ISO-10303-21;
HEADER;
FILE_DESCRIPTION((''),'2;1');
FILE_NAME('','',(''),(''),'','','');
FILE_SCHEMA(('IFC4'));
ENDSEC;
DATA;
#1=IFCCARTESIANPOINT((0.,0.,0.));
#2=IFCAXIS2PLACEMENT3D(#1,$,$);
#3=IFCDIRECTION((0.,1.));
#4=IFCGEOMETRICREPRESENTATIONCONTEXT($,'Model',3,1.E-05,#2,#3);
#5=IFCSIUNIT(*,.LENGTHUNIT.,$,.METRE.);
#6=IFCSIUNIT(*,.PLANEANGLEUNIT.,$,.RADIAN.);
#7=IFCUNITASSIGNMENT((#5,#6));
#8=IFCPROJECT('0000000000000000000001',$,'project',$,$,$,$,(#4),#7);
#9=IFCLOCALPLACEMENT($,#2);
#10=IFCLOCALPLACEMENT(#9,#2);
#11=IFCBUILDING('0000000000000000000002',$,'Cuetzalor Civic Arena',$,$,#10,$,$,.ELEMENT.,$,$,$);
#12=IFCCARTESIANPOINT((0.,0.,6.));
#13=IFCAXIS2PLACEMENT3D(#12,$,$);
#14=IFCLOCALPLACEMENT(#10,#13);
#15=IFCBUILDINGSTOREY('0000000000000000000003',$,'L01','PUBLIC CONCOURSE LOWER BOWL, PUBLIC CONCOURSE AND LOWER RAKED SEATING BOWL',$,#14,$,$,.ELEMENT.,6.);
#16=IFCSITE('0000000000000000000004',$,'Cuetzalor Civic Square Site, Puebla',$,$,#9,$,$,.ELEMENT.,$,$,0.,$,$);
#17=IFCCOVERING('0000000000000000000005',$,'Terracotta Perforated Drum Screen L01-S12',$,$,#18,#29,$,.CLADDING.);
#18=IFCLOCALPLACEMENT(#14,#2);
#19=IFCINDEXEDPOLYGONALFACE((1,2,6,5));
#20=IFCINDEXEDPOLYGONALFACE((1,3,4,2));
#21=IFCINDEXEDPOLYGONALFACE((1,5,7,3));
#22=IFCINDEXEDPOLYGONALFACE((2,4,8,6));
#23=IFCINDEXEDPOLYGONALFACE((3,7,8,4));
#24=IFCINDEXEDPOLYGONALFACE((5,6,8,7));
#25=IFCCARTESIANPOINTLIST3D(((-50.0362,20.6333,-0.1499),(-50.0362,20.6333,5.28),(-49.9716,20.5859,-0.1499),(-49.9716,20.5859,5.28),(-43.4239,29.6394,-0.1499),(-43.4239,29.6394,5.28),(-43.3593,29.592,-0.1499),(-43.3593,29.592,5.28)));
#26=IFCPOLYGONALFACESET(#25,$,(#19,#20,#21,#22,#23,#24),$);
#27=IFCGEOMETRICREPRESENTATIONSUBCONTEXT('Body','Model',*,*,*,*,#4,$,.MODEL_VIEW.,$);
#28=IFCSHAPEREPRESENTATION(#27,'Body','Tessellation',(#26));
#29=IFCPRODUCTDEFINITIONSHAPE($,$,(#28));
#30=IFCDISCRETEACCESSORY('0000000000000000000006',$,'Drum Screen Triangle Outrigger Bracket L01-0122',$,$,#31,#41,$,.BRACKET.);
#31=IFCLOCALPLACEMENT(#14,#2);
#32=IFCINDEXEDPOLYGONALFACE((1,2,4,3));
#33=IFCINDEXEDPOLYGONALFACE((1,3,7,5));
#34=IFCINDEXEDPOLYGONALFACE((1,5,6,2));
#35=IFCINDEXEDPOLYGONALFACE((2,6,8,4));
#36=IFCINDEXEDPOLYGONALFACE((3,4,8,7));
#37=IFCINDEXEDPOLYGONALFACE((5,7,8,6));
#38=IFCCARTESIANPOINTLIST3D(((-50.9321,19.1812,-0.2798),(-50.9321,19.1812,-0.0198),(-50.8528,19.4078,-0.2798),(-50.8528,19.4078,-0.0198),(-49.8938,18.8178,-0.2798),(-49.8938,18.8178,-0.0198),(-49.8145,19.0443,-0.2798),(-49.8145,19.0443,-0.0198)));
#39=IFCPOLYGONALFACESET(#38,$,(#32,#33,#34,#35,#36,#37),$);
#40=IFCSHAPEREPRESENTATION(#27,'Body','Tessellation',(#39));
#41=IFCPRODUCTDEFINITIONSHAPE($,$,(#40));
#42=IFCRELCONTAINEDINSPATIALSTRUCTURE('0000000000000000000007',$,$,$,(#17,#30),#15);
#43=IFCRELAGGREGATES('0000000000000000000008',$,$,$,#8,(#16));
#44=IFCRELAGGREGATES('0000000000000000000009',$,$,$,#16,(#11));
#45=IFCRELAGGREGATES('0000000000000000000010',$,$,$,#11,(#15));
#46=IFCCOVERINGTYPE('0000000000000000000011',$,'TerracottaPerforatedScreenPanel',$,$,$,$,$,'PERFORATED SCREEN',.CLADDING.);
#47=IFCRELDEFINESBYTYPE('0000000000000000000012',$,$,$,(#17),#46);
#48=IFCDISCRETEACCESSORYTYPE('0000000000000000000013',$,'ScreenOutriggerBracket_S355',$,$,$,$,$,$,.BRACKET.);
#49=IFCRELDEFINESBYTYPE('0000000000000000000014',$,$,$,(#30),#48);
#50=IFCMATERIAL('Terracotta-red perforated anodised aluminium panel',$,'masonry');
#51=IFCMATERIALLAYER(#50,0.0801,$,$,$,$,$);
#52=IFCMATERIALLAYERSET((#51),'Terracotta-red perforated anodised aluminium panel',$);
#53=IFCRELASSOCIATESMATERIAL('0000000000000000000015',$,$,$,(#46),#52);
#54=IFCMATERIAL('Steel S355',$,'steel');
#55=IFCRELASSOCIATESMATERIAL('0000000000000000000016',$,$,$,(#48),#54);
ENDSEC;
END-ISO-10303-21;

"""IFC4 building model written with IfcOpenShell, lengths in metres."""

from ifc_helpers import new_model, si_unit, direction, frame, frame_2d, origin, origin_2d, place, context, subcontext, project, spatial, rectangle, extrude, material, layer, layer_set, type_object, element, save


model = new_model("IFC4")

# Units and contexts
model_context = context("Model", 3, precision=1e-05, world=origin(), true_north=direction((0.0, 1.0)))
body_context = subcontext(model_context, "Body", "Model", "MODEL_VIEW")
ifc_project = project(units=[si_unit("LENGTHUNIT", "METRE"), si_unit("PLANEANGLEUNIT", "RADIAN")], contexts=[model_context])

# Site, building, storey
site_placement = place(None, origin())
site = spatial("IfcSite", under=ifc_project, at=site_placement, Name="Cuetzalor Civic Square Site, Puebla", CompositionType="ELEMENT", RefElevation=0.0)
building_placement = place(site_placement, origin())
building = spatial("IfcBuilding", under=site, at=building_placement, Name="Cuetzalor Civic Arena", CompositionType="ELEMENT")
storey_placement = place(building_placement, frame((0.0, 0.0, 6.0)))
storey = spatial("IfcBuildingStorey", under=building, at=storey_placement, Name="L01", Description="PUBLIC CONCOURSE LOWER BOWL, PUBLIC CONCOURSE AND LOWER RAKED SEATING BOWL", CompositionType="ELEMENT", Elevation=6.0)

# Covering
ifc_material_1 = material(Name="Terracotta-red perforated anodised aluminium panel", Category="masonry")
ifc_layer_1 = layer(ifc_material_1, 0.0801)
ifc_layer_set_1 = layer_set([ifc_layer_1], Name="Terracotta-red perforated anodised aluminium panel")
covering_type = type_object("IfcCoveringType", Name="TerracottaPerforatedScreenPanel", ElementType="PERFORATED SCREEN", PredefinedType="CLADDING", material=ifc_layer_set_1)
covering_placement = place(storey_placement, frame((-50.0039, 20.6096, -0.1499), z_axis=(0.0, 0.0, 1.0), x_axis=(0.591819, 0.806071, 0.0)))
element("IfcCovering", 1, at=covering_placement, inside=storey, type_object=covering_type, Name="Terracotta Perforated Drum Screen L01-S12", PredefinedType="CLADDING", context=body_context, shape_type="SweptSolid", body=[
    extrude(rectangle(XDim=11.1729, YDim=0.0801, at=frame_2d((5.5864, 0.0))), origin(), (0.0, 0.0, 1.0), 5.4299),
])

# Discrete accessory
ifc_material_2 = material(Name="Steel S355", Category="steel")
discrete_accessory_type = type_object("IfcDiscreteAccessoryType", Name="ScreenOutriggerBracket_S355", PredefinedType="BRACKET", material=ifc_material_2)
discrete_accessory_placement = place(storey_placement, frame((-50.3733, 19.1128, -0.2798), z_axis=(0.0, 0.0, 1.0), x_axis=(-0.943859, 0.33035, 0.0)))
element("IfcDiscreteAccessory", 2, at=discrete_accessory_placement, inside=storey, type_object=discrete_accessory_type, Name="Drum Screen Triangle Outrigger Bracket L01-0122", PredefinedType="BRACKET", context=body_context, shape_type="SweptSolid", body=[
    extrude(rectangle(XDim=1.1001, YDim=0.24, at=origin_2d()), origin(), (0.0, 0.0, 1.0), 0.26),
])

save(model, "model.ifc")
